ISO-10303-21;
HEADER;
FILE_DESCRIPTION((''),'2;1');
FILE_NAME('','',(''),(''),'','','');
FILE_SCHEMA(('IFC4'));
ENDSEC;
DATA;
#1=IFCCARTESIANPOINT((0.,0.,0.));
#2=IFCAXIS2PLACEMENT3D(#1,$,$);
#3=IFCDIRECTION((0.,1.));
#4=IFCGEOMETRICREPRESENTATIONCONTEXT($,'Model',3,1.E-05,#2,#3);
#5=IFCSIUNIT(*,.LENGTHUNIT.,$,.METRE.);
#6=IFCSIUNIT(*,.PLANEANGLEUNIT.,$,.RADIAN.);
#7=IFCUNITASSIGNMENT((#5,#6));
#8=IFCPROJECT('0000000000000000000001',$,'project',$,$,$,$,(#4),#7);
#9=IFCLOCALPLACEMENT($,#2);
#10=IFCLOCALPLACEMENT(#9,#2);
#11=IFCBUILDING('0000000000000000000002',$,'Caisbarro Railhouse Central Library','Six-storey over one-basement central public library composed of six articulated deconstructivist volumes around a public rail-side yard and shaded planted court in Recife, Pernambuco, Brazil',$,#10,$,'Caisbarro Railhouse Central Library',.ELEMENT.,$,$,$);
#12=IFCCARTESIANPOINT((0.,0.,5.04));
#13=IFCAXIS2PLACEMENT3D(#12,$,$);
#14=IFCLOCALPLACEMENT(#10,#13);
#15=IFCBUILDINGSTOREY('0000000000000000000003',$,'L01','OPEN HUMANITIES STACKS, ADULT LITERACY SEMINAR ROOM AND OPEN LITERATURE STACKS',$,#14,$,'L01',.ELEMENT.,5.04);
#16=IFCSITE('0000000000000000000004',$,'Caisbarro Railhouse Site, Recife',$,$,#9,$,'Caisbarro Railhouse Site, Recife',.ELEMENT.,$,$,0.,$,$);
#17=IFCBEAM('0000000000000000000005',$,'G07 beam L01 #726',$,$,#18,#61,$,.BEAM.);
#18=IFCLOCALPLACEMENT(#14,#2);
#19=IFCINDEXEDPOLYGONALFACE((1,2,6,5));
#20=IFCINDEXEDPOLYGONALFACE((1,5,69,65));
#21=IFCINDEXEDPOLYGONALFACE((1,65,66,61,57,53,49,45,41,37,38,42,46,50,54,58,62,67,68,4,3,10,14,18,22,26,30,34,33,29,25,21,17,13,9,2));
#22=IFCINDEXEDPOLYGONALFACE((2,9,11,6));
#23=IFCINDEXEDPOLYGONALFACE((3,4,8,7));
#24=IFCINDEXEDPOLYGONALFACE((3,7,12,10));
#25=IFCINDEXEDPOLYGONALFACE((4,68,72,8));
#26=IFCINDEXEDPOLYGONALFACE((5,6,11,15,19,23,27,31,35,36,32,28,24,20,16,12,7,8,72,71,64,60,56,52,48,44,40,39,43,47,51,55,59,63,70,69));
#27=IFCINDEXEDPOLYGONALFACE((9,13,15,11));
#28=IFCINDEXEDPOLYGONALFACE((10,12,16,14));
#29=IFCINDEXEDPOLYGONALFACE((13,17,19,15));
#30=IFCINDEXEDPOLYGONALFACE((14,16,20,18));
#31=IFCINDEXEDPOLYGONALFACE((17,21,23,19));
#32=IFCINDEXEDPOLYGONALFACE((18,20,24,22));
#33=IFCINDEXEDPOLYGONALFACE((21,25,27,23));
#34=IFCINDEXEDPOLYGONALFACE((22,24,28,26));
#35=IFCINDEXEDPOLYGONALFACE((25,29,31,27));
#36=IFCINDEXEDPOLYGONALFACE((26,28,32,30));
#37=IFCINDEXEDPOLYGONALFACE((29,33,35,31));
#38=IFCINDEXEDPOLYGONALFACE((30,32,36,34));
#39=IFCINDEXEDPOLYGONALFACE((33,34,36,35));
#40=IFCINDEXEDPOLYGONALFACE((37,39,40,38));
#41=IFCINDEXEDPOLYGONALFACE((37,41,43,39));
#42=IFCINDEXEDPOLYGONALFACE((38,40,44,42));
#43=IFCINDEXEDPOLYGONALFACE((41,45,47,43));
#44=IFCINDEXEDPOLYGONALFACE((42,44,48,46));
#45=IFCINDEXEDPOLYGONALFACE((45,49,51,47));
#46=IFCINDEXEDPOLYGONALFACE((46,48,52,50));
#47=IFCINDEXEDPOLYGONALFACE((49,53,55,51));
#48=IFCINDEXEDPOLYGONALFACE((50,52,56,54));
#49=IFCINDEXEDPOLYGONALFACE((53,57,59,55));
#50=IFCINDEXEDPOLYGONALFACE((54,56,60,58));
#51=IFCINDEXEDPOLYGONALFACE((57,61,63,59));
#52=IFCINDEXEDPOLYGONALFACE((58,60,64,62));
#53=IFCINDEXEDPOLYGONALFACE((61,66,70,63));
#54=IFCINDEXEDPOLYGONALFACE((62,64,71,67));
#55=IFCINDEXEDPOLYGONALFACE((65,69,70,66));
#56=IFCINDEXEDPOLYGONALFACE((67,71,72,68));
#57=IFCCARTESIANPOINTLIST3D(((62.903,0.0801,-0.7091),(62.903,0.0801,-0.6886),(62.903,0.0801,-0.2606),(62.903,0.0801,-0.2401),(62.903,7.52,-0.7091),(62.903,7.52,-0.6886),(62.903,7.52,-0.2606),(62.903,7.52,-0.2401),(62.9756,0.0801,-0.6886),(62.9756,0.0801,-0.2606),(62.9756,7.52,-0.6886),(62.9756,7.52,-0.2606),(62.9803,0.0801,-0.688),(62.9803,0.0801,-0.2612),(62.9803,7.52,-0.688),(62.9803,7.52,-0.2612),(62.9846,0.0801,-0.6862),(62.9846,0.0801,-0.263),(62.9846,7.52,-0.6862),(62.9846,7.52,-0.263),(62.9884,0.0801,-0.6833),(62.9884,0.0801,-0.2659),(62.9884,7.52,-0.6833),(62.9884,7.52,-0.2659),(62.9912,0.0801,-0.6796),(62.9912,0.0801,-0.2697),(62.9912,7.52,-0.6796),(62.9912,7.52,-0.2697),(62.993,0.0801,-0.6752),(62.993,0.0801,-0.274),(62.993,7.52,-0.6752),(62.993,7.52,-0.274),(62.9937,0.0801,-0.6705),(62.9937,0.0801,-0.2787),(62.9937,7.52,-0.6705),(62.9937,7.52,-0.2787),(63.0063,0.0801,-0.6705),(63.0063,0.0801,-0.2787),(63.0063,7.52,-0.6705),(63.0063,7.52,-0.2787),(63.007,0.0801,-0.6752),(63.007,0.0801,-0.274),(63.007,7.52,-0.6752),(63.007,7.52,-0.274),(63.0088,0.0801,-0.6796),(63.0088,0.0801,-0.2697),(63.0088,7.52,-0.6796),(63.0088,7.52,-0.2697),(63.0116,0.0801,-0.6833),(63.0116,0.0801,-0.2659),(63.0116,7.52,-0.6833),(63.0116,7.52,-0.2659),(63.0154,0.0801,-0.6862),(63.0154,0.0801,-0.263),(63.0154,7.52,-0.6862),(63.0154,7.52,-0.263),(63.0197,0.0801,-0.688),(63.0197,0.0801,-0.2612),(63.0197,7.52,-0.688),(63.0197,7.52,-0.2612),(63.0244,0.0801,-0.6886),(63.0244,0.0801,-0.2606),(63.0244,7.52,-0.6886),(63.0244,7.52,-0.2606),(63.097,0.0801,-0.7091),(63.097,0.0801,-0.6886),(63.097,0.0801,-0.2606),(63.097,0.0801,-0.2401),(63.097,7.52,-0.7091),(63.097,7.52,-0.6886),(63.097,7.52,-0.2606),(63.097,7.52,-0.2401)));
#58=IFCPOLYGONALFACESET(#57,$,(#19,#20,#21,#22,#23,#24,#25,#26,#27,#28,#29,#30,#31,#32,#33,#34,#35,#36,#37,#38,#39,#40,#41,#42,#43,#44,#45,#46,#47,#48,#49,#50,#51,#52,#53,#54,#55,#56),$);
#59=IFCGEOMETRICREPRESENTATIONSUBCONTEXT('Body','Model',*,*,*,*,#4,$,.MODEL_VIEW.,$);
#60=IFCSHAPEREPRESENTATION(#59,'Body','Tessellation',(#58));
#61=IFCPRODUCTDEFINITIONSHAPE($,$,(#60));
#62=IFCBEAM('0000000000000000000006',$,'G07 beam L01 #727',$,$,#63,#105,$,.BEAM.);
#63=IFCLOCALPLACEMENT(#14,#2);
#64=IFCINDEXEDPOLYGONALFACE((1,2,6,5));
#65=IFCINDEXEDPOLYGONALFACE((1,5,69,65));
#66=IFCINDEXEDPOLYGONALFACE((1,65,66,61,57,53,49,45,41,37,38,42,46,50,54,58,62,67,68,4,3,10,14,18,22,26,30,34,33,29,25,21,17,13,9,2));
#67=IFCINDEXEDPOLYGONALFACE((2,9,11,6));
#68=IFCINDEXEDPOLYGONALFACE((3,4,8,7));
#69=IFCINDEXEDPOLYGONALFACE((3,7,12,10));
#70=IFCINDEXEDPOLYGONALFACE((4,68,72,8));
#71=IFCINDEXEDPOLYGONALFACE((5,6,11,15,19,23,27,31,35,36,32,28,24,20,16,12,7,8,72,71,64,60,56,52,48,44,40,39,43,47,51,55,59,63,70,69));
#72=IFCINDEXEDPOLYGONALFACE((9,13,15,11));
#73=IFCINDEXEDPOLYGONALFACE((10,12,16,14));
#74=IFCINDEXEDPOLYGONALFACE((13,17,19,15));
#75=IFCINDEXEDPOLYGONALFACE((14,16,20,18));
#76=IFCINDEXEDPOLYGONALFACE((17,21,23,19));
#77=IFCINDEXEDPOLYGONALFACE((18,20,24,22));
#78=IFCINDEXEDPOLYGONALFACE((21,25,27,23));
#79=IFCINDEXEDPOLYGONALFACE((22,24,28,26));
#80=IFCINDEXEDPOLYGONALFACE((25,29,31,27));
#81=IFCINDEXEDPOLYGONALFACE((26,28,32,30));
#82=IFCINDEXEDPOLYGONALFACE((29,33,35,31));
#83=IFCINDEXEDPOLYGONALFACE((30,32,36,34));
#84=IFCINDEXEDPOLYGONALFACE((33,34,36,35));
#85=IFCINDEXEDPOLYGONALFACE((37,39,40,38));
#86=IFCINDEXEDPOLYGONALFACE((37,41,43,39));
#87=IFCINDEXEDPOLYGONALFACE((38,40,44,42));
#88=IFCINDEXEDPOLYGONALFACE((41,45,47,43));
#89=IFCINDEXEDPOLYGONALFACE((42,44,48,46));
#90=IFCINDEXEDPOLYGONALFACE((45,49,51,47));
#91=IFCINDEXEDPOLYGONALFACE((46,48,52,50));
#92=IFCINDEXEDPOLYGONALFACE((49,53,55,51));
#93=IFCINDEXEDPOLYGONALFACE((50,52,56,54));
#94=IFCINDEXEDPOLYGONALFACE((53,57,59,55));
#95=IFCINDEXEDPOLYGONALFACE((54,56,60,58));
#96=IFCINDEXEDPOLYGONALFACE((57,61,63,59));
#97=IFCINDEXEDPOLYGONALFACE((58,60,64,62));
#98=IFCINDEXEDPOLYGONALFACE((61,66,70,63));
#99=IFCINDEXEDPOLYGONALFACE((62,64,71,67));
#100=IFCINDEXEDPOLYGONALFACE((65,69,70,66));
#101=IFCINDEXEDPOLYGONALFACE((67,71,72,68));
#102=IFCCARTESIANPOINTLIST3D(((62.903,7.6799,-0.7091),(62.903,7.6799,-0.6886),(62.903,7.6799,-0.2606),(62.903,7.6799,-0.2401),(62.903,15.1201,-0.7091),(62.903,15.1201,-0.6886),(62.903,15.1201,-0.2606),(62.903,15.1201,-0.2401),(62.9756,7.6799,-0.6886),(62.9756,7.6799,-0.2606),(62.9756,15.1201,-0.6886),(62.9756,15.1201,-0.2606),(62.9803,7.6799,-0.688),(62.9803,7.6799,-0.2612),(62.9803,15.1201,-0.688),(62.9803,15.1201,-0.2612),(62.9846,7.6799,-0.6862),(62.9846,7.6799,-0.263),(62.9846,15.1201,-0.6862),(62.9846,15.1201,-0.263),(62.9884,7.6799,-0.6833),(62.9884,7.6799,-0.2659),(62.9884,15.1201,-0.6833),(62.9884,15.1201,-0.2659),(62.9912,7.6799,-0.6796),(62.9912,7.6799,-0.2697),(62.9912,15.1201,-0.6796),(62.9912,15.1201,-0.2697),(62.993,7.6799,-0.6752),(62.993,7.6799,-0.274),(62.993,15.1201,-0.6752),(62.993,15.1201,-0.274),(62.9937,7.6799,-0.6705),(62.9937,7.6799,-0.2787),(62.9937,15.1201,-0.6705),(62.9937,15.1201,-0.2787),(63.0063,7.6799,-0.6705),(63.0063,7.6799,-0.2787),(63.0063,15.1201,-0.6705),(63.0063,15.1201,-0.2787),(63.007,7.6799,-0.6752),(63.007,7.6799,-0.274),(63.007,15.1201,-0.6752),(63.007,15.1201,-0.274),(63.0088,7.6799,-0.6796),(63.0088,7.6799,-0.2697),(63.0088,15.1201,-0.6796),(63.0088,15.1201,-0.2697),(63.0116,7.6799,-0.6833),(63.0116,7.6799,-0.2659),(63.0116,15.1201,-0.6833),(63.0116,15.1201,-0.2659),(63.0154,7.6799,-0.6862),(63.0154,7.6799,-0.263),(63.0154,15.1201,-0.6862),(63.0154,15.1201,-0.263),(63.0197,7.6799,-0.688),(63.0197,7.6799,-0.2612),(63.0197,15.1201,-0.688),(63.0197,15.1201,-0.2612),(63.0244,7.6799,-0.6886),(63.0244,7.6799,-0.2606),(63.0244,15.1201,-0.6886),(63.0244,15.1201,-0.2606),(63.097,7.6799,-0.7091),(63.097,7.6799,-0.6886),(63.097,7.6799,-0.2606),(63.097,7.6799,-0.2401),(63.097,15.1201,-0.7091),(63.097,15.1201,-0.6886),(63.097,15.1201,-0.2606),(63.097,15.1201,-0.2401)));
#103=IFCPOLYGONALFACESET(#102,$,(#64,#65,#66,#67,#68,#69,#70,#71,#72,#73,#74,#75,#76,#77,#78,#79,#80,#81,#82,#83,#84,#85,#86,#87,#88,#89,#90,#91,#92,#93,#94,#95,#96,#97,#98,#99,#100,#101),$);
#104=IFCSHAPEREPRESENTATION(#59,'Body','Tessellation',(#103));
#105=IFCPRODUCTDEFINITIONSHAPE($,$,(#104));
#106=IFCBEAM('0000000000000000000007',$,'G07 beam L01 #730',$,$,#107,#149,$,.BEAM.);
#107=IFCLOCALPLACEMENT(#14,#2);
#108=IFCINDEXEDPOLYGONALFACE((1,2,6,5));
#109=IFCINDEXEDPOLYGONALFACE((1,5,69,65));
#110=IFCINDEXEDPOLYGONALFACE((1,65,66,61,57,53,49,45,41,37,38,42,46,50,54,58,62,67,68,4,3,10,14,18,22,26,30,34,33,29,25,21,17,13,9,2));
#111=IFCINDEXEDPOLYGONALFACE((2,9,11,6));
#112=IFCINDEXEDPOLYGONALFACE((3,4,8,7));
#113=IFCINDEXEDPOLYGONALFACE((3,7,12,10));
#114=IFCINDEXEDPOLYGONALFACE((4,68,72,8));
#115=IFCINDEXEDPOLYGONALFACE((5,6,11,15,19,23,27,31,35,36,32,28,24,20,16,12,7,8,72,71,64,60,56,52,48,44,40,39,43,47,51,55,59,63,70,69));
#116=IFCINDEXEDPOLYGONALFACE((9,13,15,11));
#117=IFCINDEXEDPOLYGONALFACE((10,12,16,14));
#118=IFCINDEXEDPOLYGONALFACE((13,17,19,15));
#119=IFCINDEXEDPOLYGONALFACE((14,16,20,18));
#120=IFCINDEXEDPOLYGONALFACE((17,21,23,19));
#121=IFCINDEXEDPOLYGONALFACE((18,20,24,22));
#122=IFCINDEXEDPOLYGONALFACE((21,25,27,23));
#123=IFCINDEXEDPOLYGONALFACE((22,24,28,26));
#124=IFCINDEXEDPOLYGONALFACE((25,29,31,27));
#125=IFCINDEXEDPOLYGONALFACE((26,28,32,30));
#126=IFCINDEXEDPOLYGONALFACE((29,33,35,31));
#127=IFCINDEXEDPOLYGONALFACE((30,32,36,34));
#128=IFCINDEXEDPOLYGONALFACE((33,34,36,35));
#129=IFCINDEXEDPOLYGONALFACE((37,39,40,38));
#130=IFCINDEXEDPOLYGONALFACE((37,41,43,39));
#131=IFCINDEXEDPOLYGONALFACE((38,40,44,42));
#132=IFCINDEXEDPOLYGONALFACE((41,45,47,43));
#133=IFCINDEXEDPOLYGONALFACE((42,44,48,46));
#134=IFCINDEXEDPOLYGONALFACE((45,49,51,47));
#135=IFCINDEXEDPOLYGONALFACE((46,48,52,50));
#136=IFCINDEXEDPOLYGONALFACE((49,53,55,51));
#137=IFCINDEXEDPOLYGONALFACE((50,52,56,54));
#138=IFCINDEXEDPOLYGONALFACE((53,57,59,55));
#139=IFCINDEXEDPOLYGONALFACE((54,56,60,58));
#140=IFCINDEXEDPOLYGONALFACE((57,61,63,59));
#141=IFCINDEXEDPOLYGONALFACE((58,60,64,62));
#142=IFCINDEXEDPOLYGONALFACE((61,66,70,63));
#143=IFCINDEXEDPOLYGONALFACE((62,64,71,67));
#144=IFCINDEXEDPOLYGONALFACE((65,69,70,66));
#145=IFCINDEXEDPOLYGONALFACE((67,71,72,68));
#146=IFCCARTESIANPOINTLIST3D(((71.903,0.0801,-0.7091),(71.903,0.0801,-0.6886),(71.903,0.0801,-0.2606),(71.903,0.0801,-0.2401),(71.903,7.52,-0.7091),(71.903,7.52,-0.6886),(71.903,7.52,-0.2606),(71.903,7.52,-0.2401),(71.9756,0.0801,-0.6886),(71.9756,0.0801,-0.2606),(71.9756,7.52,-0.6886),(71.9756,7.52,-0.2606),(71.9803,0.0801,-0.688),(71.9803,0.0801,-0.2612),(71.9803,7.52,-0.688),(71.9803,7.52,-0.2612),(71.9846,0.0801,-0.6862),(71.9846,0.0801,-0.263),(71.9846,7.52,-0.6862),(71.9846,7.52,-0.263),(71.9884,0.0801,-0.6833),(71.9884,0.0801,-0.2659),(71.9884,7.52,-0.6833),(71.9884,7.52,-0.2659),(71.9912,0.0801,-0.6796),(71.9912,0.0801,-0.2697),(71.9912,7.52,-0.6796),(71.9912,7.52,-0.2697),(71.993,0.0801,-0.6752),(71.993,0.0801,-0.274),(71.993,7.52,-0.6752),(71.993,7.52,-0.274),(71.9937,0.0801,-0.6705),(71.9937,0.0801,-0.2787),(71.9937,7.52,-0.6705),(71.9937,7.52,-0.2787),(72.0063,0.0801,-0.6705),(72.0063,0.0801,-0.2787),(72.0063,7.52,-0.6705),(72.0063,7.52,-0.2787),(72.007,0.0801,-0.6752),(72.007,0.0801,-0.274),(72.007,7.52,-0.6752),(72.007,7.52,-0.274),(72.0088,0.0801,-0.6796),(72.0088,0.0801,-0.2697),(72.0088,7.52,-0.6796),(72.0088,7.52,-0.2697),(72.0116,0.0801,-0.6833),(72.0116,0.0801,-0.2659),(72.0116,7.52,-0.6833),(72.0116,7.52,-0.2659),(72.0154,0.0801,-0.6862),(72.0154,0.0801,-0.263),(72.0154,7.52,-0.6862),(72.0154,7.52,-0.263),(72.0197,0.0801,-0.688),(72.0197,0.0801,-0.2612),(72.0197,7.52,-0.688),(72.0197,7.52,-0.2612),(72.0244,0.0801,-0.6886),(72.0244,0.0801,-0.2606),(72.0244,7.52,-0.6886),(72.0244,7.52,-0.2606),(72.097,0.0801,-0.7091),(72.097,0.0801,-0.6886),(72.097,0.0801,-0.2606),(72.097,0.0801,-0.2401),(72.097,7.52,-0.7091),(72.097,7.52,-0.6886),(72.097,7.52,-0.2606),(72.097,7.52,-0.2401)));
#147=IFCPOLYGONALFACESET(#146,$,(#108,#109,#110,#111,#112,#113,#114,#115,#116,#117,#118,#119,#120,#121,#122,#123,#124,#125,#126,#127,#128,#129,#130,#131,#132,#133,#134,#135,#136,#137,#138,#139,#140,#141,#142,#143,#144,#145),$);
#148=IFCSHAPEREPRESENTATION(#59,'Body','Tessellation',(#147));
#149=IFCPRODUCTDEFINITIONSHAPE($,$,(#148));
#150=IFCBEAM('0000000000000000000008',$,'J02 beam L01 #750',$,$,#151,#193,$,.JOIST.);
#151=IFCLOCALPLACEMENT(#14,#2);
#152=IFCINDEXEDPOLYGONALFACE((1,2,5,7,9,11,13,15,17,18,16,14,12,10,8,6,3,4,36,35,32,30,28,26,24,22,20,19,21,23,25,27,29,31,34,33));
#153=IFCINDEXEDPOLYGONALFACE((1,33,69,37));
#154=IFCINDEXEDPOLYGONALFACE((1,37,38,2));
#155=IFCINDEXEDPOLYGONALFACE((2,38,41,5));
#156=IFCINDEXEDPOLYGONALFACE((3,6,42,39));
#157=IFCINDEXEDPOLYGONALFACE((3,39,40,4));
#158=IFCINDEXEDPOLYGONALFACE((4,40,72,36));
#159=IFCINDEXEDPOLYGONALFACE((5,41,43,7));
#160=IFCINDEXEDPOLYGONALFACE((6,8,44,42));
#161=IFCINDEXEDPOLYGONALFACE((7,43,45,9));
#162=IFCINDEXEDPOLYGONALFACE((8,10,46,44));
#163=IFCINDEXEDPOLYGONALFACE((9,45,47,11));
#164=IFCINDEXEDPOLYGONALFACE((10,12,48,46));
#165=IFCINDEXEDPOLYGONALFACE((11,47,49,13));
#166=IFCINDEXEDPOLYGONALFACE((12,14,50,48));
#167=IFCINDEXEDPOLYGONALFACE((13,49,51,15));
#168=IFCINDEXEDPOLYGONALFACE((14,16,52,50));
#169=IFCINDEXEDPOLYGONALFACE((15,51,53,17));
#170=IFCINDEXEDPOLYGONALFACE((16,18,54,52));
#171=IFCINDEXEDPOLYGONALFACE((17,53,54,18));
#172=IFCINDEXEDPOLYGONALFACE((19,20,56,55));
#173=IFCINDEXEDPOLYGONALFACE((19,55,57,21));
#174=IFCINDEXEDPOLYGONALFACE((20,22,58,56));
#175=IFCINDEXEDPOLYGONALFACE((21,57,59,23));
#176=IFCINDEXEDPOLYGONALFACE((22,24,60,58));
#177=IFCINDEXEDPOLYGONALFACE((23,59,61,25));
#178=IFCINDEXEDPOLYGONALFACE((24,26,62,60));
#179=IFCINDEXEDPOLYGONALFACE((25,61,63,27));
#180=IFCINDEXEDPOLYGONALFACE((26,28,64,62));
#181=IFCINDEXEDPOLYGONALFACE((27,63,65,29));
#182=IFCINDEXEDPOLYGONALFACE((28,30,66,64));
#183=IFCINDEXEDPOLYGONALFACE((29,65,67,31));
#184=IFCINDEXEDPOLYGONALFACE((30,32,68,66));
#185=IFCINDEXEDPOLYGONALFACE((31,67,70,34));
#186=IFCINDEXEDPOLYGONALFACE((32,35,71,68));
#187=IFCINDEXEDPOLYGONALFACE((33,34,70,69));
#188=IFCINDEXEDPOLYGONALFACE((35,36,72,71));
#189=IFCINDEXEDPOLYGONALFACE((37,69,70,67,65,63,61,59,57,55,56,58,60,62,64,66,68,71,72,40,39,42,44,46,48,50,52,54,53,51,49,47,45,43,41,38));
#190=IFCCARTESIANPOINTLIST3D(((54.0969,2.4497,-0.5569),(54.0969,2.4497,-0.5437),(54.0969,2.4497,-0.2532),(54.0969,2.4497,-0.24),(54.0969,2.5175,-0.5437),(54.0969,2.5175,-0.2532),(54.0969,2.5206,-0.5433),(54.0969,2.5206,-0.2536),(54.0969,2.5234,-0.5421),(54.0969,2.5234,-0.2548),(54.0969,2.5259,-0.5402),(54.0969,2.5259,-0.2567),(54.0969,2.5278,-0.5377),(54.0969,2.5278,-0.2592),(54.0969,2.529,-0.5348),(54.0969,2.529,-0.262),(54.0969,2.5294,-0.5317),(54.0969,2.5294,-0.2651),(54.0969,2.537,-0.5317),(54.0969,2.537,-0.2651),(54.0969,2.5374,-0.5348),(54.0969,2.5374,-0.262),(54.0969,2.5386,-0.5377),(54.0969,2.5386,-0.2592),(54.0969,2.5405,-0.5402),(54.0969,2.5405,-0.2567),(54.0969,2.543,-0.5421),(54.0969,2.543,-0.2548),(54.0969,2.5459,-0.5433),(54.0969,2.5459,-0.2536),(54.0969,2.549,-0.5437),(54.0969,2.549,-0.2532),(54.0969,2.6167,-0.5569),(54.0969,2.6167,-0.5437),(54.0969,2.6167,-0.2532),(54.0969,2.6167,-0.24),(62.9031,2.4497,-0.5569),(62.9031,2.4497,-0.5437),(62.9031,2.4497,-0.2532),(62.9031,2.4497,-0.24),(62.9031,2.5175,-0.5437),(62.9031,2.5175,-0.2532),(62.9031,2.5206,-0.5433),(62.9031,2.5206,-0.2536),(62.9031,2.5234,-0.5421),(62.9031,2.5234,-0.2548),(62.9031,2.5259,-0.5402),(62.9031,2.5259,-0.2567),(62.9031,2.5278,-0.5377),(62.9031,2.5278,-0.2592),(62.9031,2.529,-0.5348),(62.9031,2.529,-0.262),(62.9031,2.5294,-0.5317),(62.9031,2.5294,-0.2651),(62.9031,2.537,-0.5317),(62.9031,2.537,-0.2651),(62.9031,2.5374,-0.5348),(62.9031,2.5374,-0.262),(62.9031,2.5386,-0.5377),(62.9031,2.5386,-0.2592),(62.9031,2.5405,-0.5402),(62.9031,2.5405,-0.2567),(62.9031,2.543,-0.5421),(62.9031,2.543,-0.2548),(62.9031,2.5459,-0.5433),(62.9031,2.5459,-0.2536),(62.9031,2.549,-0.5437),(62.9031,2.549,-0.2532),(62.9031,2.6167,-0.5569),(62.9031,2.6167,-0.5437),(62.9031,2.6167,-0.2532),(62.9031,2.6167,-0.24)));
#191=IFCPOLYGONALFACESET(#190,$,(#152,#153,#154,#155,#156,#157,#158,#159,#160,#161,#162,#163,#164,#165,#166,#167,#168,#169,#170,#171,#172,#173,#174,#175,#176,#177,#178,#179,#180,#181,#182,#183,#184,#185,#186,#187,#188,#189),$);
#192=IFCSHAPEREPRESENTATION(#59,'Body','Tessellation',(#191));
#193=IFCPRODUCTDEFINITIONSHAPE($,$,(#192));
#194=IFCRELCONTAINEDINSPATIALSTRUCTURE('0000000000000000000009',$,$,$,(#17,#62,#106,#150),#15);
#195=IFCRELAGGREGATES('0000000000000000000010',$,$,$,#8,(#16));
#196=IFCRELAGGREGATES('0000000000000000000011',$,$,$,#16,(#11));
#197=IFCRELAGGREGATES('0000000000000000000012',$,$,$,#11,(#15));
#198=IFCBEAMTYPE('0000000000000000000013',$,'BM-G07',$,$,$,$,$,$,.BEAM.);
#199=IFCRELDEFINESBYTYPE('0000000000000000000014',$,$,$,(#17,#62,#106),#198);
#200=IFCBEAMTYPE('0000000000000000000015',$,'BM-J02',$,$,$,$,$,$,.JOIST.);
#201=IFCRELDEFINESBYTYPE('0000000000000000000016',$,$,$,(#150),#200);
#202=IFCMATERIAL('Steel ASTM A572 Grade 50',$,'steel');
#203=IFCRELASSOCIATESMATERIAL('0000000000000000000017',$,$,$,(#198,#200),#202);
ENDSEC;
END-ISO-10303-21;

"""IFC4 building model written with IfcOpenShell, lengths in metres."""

from ifc_helpers import new_model, si_unit, direction, frame, origin, origin_2d, place, context, subcontext, project, spatial, i_section, extrude, material, material_profile, profile_set, type_object, element, save


model = new_model("IFC4")

# Units and contexts
model_context = context("Model", 3, precision=1e-05, world=origin(), true_north=direction((0.0, 1.0)))
body_context = subcontext(model_context, "Body", "Model", "MODEL_VIEW")
ifc_project = project(units=[si_unit("LENGTHUNIT", "METRE"), si_unit("PLANEANGLEUNIT", "RADIAN")], contexts=[model_context])

# Site, building, storey
site_placement = place(None, origin())
site = spatial("IfcSite", under=ifc_project, at=site_placement, Name="Caisbarro Railhouse Site, Recife", LongName="Caisbarro Railhouse Site, Recife", CompositionType="ELEMENT", RefElevation=0.0)
building_placement = place(site_placement, origin())
building = spatial("IfcBuilding", under=site, at=building_placement, Name="Caisbarro Railhouse Central Library", Description="Six-storey over one-basement central public library composed of six articulated deconstructivist volumes around a public rail-side yard and shaded planted court in Recife, Pernambuco, Brazil", LongName="Caisbarro Railhouse Central Library", CompositionType="ELEMENT")
storey_placement = place(building_placement, frame((0.0, 0.0, 5.04)))
storey = spatial("IfcBuildingStorey", under=building, at=storey_placement, Name="L01", Description="OPEN HUMANITIES STACKS, ADULT LITERACY SEMINAR ROOM AND OPEN LITERATURE STACKS", LongName="L01", CompositionType="ELEMENT", Elevation=5.04)

# Shared definitions
ifc_material_1 = material(Name="Steel ASTM A572 Grade 50", Category="steel")

# Beams
ifc_material_profile_1 = material_profile(ifc_material_1, i_section(OverallWidth=0.1941, OverallDepth=0.469, WebThickness=0.0127, FlangeThickness=0.0205, FilletRadius=0.0181, at=origin_2d()), Name="W460X106.0")
ifc_profile_set_1 = profile_set([ifc_material_profile_1], Name="Steel ASTM A572 Grade 50")
beam_type_1 = type_object("IfcBeamType", Name="BM-G07", PredefinedType="BEAM", material=ifc_profile_set_1)
beam_1_placement = place(storey_placement, frame((63.0, 0.0801, -0.4746), z_axis=(0.0, 1.0, 0.0), x_axis=(-1.0, 0.0, 0.0)))
element("IfcBeam", 1, at=beam_1_placement, inside=storey, type_object=beam_type_1, Name="G07 beam L01 #726", PredefinedType="BEAM", context=body_context, shape_type="SweptSolid", body=[
    extrude(i_section(OverallWidth=0.1941, OverallDepth=0.469, WebThickness=0.0127, FlangeThickness=0.0205, FilletRadius=0.0181, at=origin_2d()), origin(), (0.0, 0.0, 1.0), 7.4399),
])
beam_2_placement = place(storey_placement, frame((63.0, 7.6799, -0.4746), z_axis=(0.0, 1.0, 0.0), x_axis=(-1.0, 0.0, 0.0)))
element("IfcBeam", 2, at=beam_2_placement, inside=storey, type_object=beam_type_1, Name="G07 beam L01 #727", PredefinedType="BEAM", context=body_context, shape_type="SweptSolid", body=[
    extrude(i_section(OverallWidth=0.1941, OverallDepth=0.469, WebThickness=0.0127, FlangeThickness=0.0205, FilletRadius=0.0181, at=origin_2d()), origin(), (0.0, 0.0, 1.0), 7.4402),
])
beam_3_placement = place(storey_placement, frame((72.0, 0.0801, -0.4746), z_axis=(0.0, 1.0, 0.0), x_axis=(-1.0, 0.0, 0.0)))
element("IfcBeam", 3, at=beam_3_placement, inside=storey, type_object=beam_type_1, Name="G07 beam L01 #730", PredefinedType="BEAM", context=body_context, shape_type="SweptSolid", body=[
    extrude(i_section(OverallWidth=0.1941, OverallDepth=0.469, WebThickness=0.0127, FlangeThickness=0.0205, FilletRadius=0.0181, at=origin_2d()), origin(), (0.0, 0.0, 1.0), 7.4399),
])
ifc_material_profile_2 = material_profile(ifc_material_1, i_section(OverallWidth=0.167, OverallDepth=0.3169, WebThickness=0.0076, FlangeThickness=0.0132, FilletRadius=0.012, at=origin_2d()), Name="W310X52.0")
ifc_profile_set_2 = profile_set([ifc_material_profile_2], Name="Steel ASTM A572 Grade 50")
beam_type_2 = type_object("IfcBeamType", Name="BM-J02", PredefinedType="JOIST", material=ifc_profile_set_2)
for number, where, z_axis, x_axis, name in (
    (4, (54.0969, 2.5332, -0.3984), (1.0, 0.0, 0.0), (0.0, 1.0, 0.0), "J02 beam L01 #750"),
):
    element("IfcBeam", number, at=place(storey_placement, frame(where, z_axis=z_axis, x_axis=x_axis)), inside=storey, type_object=beam_type_2, Name=name, PredefinedType="JOIST", context=body_context, shape_type="SweptSolid", body=[
        extrude(i_section(OverallWidth=0.167, OverallDepth=0.3169, WebThickness=0.0076, FlangeThickness=0.0132, FilletRadius=0.012, at=origin_2d()), origin(), (0.0, 0.0, 1.0), 8.8062),
    ])

save(model, "model.ifc")
